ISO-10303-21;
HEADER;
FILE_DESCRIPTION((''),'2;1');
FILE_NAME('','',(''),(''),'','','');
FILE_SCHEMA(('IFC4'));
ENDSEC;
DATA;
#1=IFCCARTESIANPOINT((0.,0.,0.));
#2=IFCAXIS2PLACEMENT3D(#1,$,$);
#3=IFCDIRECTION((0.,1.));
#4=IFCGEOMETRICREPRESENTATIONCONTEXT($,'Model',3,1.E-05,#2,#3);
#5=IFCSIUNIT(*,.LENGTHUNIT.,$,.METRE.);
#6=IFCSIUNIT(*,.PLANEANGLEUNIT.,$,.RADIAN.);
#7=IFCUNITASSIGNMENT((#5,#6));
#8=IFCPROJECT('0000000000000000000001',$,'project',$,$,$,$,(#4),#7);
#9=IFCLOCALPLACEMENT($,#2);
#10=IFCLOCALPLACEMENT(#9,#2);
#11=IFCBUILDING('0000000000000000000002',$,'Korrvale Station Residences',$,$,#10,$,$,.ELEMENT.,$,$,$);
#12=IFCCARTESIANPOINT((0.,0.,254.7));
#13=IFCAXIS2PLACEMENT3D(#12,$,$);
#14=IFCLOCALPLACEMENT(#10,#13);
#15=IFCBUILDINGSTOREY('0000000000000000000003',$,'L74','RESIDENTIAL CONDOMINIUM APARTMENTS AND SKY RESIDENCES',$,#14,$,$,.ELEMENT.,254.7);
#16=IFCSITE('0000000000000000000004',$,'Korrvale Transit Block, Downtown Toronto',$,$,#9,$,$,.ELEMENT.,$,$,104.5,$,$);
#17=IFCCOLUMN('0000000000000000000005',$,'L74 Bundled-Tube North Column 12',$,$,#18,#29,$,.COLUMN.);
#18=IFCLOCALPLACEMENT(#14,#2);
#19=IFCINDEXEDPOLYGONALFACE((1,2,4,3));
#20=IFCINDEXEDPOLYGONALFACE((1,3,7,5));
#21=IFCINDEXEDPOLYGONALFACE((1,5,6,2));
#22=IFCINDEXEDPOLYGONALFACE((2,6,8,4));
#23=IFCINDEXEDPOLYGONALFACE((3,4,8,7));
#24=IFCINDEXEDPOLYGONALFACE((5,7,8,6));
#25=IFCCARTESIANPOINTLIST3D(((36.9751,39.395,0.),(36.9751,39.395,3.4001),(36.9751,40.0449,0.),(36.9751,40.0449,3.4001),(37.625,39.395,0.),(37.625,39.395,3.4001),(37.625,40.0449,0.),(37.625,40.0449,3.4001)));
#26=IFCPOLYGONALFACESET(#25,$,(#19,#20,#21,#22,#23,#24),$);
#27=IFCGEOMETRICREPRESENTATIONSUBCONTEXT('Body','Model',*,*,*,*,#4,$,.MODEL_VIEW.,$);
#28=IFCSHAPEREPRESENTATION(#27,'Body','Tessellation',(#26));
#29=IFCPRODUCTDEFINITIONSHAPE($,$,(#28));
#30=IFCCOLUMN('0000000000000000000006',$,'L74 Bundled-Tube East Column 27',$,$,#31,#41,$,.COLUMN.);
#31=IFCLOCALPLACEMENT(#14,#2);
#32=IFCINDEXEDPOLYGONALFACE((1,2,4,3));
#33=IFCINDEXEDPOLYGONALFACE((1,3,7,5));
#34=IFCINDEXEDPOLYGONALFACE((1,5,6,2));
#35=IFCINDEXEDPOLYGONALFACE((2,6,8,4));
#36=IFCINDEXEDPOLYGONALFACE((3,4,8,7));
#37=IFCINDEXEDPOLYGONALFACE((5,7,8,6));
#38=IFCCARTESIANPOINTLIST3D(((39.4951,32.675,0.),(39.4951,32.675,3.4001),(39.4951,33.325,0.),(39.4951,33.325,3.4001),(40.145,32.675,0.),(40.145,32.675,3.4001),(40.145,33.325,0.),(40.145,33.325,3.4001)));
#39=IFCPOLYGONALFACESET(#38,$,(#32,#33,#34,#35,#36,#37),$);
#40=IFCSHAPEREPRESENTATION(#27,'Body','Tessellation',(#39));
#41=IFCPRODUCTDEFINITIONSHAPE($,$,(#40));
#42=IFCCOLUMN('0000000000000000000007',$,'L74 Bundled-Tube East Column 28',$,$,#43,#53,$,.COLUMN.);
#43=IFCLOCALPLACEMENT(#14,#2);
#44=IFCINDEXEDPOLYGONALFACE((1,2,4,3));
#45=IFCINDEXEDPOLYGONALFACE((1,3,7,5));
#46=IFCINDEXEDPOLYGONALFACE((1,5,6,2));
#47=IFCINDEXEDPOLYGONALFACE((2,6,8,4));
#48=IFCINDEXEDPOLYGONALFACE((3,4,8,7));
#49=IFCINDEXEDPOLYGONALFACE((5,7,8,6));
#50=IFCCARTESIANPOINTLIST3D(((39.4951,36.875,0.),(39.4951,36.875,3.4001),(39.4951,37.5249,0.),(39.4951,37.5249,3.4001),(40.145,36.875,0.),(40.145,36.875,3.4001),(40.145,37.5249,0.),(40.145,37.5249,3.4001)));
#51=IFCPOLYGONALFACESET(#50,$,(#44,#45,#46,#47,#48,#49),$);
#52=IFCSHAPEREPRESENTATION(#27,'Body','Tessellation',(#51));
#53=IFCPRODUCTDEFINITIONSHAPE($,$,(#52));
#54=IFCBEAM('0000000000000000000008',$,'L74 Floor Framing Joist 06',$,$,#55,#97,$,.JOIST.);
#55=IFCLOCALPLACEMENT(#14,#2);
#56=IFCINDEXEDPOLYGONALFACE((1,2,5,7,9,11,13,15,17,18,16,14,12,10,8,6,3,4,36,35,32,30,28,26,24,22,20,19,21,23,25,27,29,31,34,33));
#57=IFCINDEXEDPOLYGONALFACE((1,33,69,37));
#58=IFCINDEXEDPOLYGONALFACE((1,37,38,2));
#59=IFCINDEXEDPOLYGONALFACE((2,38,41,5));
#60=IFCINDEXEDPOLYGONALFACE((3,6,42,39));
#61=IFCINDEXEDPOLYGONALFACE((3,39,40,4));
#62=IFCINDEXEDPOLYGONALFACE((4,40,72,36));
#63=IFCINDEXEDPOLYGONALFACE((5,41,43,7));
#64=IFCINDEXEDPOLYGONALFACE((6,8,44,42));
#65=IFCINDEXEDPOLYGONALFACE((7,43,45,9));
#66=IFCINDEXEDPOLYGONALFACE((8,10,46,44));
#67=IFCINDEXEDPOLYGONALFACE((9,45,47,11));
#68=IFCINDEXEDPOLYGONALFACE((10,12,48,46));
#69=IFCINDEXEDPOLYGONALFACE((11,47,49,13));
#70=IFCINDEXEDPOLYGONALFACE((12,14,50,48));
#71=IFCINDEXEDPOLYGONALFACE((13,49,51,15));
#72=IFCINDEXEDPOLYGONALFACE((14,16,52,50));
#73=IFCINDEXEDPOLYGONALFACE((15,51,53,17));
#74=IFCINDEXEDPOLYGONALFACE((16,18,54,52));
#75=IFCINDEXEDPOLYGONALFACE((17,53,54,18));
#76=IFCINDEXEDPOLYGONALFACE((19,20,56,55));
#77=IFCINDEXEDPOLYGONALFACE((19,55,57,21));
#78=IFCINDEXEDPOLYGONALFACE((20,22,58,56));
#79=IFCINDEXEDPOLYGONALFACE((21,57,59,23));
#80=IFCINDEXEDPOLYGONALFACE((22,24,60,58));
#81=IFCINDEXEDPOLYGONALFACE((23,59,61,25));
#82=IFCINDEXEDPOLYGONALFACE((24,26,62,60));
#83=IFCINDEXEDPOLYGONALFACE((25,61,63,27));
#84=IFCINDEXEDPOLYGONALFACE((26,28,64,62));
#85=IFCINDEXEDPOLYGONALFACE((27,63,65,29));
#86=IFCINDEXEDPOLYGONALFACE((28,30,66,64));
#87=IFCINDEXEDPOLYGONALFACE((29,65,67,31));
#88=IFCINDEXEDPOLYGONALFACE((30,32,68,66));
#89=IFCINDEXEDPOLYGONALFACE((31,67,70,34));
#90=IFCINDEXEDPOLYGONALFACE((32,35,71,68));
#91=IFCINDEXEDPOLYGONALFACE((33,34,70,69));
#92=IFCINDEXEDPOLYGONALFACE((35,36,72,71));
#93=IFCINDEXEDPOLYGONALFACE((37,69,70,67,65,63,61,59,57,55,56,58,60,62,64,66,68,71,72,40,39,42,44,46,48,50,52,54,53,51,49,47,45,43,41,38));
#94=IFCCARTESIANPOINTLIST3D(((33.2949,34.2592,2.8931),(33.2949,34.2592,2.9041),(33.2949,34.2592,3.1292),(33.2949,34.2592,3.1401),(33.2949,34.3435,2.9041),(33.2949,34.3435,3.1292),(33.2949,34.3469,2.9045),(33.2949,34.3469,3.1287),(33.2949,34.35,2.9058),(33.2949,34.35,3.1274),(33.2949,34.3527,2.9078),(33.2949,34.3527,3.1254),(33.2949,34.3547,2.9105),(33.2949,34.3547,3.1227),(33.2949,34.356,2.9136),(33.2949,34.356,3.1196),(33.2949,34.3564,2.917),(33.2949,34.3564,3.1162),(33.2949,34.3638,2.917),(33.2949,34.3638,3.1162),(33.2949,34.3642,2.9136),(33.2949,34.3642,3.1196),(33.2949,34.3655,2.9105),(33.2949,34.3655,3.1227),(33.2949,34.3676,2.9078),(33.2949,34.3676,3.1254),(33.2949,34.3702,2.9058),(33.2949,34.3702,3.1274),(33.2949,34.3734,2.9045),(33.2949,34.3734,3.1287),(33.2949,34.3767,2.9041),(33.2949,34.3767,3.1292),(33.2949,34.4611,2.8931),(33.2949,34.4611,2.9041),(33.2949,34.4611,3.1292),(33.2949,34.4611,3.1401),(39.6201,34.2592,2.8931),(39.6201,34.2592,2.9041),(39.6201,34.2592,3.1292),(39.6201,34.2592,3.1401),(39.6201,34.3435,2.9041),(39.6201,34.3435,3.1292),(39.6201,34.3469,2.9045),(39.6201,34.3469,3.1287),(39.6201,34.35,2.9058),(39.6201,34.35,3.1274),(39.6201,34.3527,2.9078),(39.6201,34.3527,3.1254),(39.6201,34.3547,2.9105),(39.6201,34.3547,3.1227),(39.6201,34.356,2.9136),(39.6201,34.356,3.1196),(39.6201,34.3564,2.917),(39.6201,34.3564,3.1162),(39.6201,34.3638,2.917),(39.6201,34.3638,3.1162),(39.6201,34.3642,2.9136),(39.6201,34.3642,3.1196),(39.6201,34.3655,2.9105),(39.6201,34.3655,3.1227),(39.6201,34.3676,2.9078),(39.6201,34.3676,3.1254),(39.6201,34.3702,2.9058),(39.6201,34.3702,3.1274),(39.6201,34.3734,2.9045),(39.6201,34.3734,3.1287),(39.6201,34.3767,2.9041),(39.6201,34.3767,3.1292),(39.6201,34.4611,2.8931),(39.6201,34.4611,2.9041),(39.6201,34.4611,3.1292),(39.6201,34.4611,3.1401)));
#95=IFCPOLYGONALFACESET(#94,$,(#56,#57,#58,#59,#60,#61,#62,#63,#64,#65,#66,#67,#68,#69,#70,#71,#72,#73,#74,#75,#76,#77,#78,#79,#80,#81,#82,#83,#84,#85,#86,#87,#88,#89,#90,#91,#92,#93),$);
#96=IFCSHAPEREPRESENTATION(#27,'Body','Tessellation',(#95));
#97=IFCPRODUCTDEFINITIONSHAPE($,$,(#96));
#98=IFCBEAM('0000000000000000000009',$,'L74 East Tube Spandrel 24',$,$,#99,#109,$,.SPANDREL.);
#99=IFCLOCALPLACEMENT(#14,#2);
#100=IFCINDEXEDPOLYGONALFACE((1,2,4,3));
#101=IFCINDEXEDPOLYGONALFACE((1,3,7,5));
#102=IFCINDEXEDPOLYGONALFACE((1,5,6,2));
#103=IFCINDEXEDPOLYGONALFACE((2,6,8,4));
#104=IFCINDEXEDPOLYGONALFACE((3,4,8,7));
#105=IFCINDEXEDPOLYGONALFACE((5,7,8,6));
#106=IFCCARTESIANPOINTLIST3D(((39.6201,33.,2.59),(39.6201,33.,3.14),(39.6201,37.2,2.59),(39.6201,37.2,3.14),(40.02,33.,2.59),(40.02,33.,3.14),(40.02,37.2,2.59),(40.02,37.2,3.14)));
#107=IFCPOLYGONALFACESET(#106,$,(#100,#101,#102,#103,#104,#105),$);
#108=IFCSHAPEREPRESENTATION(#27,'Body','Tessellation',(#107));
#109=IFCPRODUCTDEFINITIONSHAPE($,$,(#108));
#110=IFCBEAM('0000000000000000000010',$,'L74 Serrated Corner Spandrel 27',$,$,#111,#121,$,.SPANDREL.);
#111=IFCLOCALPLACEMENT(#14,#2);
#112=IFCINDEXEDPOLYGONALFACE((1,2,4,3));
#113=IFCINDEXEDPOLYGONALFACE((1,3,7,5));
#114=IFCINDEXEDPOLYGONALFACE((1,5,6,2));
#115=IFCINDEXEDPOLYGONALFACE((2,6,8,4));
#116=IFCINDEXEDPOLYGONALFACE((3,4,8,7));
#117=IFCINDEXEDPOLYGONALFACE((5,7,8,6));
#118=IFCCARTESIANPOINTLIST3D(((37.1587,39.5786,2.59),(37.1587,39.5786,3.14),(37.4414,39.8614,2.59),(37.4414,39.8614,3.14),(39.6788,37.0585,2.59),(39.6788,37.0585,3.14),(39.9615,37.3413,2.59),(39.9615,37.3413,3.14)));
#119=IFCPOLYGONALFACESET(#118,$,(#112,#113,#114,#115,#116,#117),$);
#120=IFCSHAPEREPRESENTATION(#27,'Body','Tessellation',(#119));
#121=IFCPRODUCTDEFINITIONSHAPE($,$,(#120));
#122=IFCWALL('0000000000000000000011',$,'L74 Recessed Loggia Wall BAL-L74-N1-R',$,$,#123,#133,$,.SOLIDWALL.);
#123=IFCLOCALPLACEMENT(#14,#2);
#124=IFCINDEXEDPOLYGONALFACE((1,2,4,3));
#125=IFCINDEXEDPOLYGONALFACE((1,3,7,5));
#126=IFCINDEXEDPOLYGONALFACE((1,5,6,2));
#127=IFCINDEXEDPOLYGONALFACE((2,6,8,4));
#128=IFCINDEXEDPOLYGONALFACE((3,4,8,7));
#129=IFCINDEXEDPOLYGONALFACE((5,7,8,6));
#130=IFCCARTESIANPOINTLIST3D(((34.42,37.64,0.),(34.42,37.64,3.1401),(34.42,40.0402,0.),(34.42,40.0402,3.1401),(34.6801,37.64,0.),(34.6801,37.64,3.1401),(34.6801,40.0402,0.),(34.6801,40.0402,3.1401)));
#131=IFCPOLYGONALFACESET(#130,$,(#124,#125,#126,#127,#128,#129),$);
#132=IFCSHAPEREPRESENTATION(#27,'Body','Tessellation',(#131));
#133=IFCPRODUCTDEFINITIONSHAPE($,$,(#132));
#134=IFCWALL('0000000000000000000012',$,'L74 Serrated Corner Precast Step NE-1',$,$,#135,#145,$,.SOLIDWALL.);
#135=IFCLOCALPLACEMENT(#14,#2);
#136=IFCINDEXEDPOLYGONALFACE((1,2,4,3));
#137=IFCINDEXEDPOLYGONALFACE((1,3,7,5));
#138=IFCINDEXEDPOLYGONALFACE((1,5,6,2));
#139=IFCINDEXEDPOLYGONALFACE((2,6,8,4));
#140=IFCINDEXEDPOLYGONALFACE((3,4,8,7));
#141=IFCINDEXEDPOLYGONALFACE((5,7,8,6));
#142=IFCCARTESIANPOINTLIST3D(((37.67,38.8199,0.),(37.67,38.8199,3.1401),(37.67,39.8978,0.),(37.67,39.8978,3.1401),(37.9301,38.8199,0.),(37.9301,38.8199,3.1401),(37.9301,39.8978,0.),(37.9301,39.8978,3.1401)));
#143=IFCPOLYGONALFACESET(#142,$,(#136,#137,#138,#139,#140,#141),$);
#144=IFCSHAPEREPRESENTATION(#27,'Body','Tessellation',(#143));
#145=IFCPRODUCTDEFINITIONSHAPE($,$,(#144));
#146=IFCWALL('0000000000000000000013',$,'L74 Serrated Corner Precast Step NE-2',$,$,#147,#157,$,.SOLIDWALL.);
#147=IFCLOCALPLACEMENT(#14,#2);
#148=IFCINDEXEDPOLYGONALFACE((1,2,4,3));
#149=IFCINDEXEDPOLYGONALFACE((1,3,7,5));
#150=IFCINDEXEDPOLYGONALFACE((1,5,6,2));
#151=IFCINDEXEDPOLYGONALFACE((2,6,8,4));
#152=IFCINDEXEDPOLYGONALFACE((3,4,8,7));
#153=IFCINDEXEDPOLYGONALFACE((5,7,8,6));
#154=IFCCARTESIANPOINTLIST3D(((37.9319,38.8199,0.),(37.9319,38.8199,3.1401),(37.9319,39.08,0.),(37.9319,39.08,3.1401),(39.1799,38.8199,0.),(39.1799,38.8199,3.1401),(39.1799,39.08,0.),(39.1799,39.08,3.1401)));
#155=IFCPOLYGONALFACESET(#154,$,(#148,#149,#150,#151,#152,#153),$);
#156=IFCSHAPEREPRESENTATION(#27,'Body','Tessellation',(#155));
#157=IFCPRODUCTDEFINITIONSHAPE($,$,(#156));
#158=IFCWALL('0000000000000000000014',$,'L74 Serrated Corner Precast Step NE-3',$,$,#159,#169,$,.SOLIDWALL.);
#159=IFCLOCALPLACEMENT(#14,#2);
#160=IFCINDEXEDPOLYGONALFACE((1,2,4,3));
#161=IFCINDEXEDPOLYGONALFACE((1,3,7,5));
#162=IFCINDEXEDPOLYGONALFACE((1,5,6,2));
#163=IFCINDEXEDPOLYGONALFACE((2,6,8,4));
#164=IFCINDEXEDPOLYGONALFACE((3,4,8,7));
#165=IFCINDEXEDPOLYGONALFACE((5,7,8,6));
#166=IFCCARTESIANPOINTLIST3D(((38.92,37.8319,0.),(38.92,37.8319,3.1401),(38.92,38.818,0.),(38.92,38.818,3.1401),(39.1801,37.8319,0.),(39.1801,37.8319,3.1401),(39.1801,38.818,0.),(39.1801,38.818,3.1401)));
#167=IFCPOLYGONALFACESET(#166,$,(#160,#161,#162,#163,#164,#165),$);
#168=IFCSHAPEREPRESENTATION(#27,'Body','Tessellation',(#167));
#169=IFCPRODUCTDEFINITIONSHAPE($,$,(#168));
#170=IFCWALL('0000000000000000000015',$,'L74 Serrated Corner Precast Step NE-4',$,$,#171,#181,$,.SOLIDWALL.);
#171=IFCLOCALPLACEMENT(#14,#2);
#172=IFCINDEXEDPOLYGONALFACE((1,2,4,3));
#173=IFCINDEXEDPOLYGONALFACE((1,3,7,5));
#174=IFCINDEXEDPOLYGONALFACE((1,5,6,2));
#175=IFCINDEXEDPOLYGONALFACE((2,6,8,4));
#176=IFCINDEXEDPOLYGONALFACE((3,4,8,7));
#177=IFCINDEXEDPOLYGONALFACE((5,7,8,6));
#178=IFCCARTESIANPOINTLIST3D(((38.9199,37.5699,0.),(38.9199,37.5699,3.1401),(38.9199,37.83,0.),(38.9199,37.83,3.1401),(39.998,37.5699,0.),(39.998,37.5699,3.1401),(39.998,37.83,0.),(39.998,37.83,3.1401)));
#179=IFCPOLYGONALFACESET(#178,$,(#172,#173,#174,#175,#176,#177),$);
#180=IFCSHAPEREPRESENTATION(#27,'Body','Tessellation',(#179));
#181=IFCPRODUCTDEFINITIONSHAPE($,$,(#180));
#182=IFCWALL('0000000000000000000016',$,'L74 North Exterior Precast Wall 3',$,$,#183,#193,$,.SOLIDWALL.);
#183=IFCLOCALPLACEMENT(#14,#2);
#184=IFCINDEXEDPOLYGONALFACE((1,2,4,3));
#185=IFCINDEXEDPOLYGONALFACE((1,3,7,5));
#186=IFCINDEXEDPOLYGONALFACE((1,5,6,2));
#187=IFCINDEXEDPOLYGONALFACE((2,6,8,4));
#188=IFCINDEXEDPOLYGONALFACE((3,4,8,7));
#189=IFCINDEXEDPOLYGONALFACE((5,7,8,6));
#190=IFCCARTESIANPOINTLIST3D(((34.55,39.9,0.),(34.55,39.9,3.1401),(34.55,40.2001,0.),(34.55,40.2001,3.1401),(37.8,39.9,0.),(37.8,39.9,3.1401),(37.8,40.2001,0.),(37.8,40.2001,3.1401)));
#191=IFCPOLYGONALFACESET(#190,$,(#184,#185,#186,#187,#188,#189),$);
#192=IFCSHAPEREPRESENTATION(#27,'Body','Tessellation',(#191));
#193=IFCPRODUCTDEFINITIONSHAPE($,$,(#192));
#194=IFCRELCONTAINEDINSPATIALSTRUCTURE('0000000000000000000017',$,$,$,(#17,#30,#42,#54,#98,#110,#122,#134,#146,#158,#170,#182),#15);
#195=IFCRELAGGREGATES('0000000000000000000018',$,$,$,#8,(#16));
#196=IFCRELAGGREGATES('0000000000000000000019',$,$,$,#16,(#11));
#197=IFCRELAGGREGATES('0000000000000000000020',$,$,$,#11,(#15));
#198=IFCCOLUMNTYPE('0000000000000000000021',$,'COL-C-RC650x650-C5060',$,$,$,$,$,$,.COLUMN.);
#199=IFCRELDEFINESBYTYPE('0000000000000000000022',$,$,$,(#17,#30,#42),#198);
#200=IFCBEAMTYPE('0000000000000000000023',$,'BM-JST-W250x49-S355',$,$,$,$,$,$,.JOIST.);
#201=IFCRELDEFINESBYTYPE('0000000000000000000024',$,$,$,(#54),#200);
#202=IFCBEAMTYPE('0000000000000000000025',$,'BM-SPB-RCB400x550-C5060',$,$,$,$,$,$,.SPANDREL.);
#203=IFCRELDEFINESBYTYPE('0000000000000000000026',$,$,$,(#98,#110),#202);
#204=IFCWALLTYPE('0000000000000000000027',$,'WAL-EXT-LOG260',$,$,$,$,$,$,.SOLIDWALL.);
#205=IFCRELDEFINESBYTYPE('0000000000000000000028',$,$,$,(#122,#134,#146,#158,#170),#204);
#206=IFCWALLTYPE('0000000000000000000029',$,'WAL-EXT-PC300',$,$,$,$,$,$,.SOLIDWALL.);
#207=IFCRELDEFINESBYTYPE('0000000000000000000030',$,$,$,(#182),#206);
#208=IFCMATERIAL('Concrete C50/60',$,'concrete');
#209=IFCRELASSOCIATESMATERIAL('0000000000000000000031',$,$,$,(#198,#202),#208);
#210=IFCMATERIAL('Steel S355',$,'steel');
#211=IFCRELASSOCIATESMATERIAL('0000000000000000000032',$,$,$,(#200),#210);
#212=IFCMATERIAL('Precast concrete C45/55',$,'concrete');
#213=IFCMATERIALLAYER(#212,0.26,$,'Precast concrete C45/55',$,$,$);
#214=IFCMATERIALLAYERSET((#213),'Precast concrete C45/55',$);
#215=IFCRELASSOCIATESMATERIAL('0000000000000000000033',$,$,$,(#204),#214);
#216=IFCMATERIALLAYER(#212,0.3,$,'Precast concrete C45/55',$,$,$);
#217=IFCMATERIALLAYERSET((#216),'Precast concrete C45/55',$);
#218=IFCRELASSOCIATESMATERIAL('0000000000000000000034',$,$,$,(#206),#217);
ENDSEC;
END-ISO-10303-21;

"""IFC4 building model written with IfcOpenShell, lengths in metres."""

from ifc_helpers import new_model, si_unit, direction, frame, frame_2d, origin, origin_2d, place, context, subcontext, project, spatial, rectangle, i_section, extrude, material, layer, layer_set, material_profile, profile_set, type_object, element, save


model = new_model("IFC4")

# Units and contexts
model_context = context("Model", 3, precision=1e-05, world=origin(), true_north=direction((0.0, 1.0)))
body_context = subcontext(model_context, "Body", "Model", "MODEL_VIEW")
ifc_project = project(units=[si_unit("LENGTHUNIT", "METRE"), si_unit("PLANEANGLEUNIT", "RADIAN")], contexts=[model_context])

# Site, building, storey
site_placement = place(None, origin())
site = spatial("IfcSite", under=ifc_project, at=site_placement, Name="Korrvale Transit Block, Downtown Toronto", CompositionType="ELEMENT", RefElevation=104.5)
building_placement = place(site_placement, origin())
building = spatial("IfcBuilding", under=site, at=building_placement, Name="Korrvale Station Residences", CompositionType="ELEMENT")
storey_placement = place(building_placement, frame((0.0, 0.0, 254.7)))
storey = spatial("IfcBuildingStorey", under=building, at=storey_placement, Name="L74", Description="RESIDENTIAL CONDOMINIUM APARTMENTS AND SKY RESIDENCES", CompositionType="ELEMENT", Elevation=254.7)

# Columns
ifc_material_1 = material(Name="Concrete C50/60", Category="concrete")
ifc_material_profile_1 = material_profile(ifc_material_1, rectangle(XDim=0.6499, YDim=0.6499, at=origin_2d()), Name="RC650x650")
ifc_profile_set_1 = profile_set([ifc_material_profile_1], Name="Concrete C50/60")
column_type = type_object("IfcColumnType", Name="COL-C-RC650x650-C5060", PredefinedType="COLUMN", material=ifc_profile_set_1)
for number, where, z_axis, x_axis, name in (
    (1, (37.3, 39.72, 0.0), (0.0, 0.0, 1.0), (1.0, 0.0, 0.0), "L74 Bundled-Tube North Column 12"),
    (2, (39.8201, 33.0, 0.0), (0.0, 0.0, 1.0), (1.0, 0.0, 0.0), "L74 Bundled-Tube East Column 27"),
    (3, (39.8201, 37.2, 0.0), (0.0, 0.0, 1.0), (1.0, 0.0, 0.0), "L74 Bundled-Tube East Column 28"),
):
    element("IfcColumn", number, at=place(storey_placement, frame(where, z_axis=z_axis, x_axis=x_axis)), inside=storey, type_object=column_type, Name=name, PredefinedType="COLUMN", context=body_context, shape_type="SweptSolid", body=[
        extrude(rectangle(XDim=0.6499, YDim=0.6499, at=origin_2d()), origin(), (0.0, 0.0, 1.0), 3.4001),
    ])

# Beams
ifc_material_2 = material(Name="Steel S355", Category="steel")
ifc_material_profile_2 = material_profile(ifc_material_2, i_section(OverallWidth=0.2019, OverallDepth=0.2471, WebThickness=0.0073, FlangeThickness=0.011, FilletRadius=0.0129, at=origin_2d()), Name="W250x49")
ifc_profile_set_2 = profile_set([ifc_material_profile_2], Name="Steel S355")
beam_type_1 = type_object("IfcBeamType", Name="BM-JST-W250x49-S355", PredefinedType="JOIST", material=ifc_profile_set_2)
beam_1_placement = place(storey_placement, frame((33.2949, 34.3601, 3.0166), z_axis=(1.0, 0.0, 0.0), x_axis=(0.0, 1.0, 0.0)))
element("IfcBeam", 4, at=beam_1_placement, inside=storey, type_object=beam_type_1, Name="L74 Floor Framing Joist 06", PredefinedType="JOIST", context=body_context, shape_type="SweptSolid", body=[
    extrude(i_section(OverallWidth=0.2019, OverallDepth=0.2471, WebThickness=0.0073, FlangeThickness=0.011, FilletRadius=0.0129, at=origin_2d()), origin(), (0.0, 0.0, 1.0), 6.3252),
])
ifc_material_profile_3 = material_profile(ifc_material_1, rectangle(XDim=0.3999, YDim=0.55, at=origin_2d()), Name="RCB400x550")
ifc_profile_set_3 = profile_set([ifc_material_profile_3], Name="Concrete C50/60")
beam_type_2 = type_object("IfcBeamType", Name="BM-SPB-RCB400x550-C5060", PredefinedType="SPANDREL", material=ifc_profile_set_3)
beam_2_placement = place(storey_placement, frame((39.8201, 33.0, 2.865), z_axis=(0.0, 1.0, 0.0), x_axis=(-1.0, 0.0, 0.0)))
element("IfcBeam", 5, at=beam_2_placement, inside=storey, type_object=beam_type_2, Name="L74 East Tube Spandrel 24", PredefinedType="SPANDREL", context=body_context, shape_type="SweptSolid", body=[
    extrude(rectangle(XDim=0.3999, YDim=0.55, at=origin_2d()), origin(), (0.0, 0.0, 1.0), 4.2),
])
beam_3_placement = place(storey_placement, frame((37.3, 39.72, 2.865), z_axis=(0.707107, -0.707107, 0.0), x_axis=(0.707107, 0.707107, 0.0)))
element("IfcBeam", 6, at=beam_3_placement, inside=storey, type_object=beam_type_2, Name="L74 Serrated Corner Spandrel 27", PredefinedType="SPANDREL", context=body_context, shape_type="SweptSolid", body=[
    extrude(rectangle(XDim=0.3999, YDim=0.55, at=origin_2d()), origin(), (0.0, 0.0, 1.0), 3.564),
])

# Walls
ifc_material_3 = material(Name="Precast concrete C45/55", Category="concrete")
ifc_layer_1 = layer(ifc_material_3, 0.26, Name="Precast concrete C45/55")
ifc_layer_set_1 = layer_set([ifc_layer_1], Name="Precast concrete C45/55")
wall_type_1 = type_object("IfcWallType", Name="WAL-EXT-LOG260", PredefinedType="SOLIDWALL", material=ifc_layer_set_1)
wall_1_placement = place(storey_placement, frame((34.55, 37.6399, 0.0), z_axis=(0.0, 0.0, 1.0), x_axis=(0.0, 1.0, 0.0)))
element("IfcWall", 7, at=wall_1_placement, inside=storey, type_object=wall_type_1, Name="L74 Recessed Loggia Wall BAL-L74-N1-R", PredefinedType="SOLIDWALL", context=body_context, shape_type="SweptSolid", body=[
    extrude(rectangle(XDim=2.4001, YDim=0.26, at=frame_2d((1.2002, 0.0))), origin(), (0.0, 0.0, 1.0), 3.1401),
])
wall_2_placement = place(storey_placement, frame((37.8, 39.8979, 0.0), z_axis=(0.0, 0.0, 1.0), x_axis=(0.0, -1.0, 0.0)))
element("IfcWall", 8, at=wall_2_placement, inside=storey, type_object=wall_type_1, Name="L74 Serrated Corner Precast Step NE-1", PredefinedType="SOLIDWALL", context=body_context, shape_type="SweptSolid", body=[
    extrude(rectangle(XDim=1.0779, YDim=0.26, at=frame_2d((0.5391, 0.0))), origin(), (0.0, 0.0, 1.0), 3.1401),
])
wall_3_placement = place(storey_placement, frame((37.9319, 38.95, 0.0), z_axis=(0.0, 0.0, 1.0), x_axis=(1.0, 0.0, 0.0)))
element("IfcWall", 9, at=wall_3_placement, inside=storey, type_object=wall_type_1, Name="L74 Serrated Corner Precast Step NE-2", PredefinedType="SOLIDWALL", context=body_context, shape_type="SweptSolid", body=[
    extrude(rectangle(XDim=1.248, YDim=0.26, at=frame_2d((0.624, 0.0))), origin(), (0.0, 0.0, 1.0), 3.1401),
])
wall_4_placement = place(storey_placement, frame((39.05, 38.8181, 0.0), z_axis=(0.0, 0.0, 1.0), x_axis=(0.0, -1.0, 0.0)))
element("IfcWall", 10, at=wall_4_placement, inside=storey, type_object=wall_type_1, Name="L74 Serrated Corner Precast Step NE-3", PredefinedType="SOLIDWALL", context=body_context, shape_type="SweptSolid", body=[
    extrude(rectangle(XDim=0.9861, YDim=0.26, at=frame_2d((0.4932, 0.0))), origin(), (0.0, 0.0, 1.0), 3.1401),
])
wall_5_placement = place(storey_placement, frame((38.9199, 37.7, 0.0), z_axis=(0.0, 0.0, 1.0), x_axis=(1.0, 0.0, 0.0)))
element("IfcWall", 11, at=wall_5_placement, inside=storey, type_object=wall_type_1, Name="L74 Serrated Corner Precast Step NE-4", PredefinedType="SOLIDWALL", context=body_context, shape_type="SweptSolid", body=[
    extrude(rectangle(XDim=1.0781, YDim=0.26, at=frame_2d((0.5391, 0.0))), origin(), (0.0, 0.0, 1.0), 3.1401),
])
ifc_layer_2 = layer(ifc_material_3, 0.3, Name="Precast concrete C45/55")
ifc_layer_set_2 = layer_set([ifc_layer_2], Name="Precast concrete C45/55")
wall_type_2 = type_object("IfcWallType", Name="WAL-EXT-PC300", PredefinedType="SOLIDWALL", material=ifc_layer_set_2)
wall_6_placement = place(storey_placement, frame((34.55, 40.05, 0.0), z_axis=(0.0, 0.0, 1.0), x_axis=(1.0, 0.0, 0.0)))
element("IfcWall", 12, at=wall_6_placement, inside=storey, type_object=wall_type_2, Name="L74 North Exterior Precast Wall 3", PredefinedType="SOLIDWALL", context=body_context, shape_type="SweptSolid", body=[
    extrude(rectangle(XDim=3.25, YDim=0.3, at=frame_2d((1.625, 0.0))), origin(), (0.0, 0.0, 1.0), 3.1401),
])

save(model, "model.ifc")
